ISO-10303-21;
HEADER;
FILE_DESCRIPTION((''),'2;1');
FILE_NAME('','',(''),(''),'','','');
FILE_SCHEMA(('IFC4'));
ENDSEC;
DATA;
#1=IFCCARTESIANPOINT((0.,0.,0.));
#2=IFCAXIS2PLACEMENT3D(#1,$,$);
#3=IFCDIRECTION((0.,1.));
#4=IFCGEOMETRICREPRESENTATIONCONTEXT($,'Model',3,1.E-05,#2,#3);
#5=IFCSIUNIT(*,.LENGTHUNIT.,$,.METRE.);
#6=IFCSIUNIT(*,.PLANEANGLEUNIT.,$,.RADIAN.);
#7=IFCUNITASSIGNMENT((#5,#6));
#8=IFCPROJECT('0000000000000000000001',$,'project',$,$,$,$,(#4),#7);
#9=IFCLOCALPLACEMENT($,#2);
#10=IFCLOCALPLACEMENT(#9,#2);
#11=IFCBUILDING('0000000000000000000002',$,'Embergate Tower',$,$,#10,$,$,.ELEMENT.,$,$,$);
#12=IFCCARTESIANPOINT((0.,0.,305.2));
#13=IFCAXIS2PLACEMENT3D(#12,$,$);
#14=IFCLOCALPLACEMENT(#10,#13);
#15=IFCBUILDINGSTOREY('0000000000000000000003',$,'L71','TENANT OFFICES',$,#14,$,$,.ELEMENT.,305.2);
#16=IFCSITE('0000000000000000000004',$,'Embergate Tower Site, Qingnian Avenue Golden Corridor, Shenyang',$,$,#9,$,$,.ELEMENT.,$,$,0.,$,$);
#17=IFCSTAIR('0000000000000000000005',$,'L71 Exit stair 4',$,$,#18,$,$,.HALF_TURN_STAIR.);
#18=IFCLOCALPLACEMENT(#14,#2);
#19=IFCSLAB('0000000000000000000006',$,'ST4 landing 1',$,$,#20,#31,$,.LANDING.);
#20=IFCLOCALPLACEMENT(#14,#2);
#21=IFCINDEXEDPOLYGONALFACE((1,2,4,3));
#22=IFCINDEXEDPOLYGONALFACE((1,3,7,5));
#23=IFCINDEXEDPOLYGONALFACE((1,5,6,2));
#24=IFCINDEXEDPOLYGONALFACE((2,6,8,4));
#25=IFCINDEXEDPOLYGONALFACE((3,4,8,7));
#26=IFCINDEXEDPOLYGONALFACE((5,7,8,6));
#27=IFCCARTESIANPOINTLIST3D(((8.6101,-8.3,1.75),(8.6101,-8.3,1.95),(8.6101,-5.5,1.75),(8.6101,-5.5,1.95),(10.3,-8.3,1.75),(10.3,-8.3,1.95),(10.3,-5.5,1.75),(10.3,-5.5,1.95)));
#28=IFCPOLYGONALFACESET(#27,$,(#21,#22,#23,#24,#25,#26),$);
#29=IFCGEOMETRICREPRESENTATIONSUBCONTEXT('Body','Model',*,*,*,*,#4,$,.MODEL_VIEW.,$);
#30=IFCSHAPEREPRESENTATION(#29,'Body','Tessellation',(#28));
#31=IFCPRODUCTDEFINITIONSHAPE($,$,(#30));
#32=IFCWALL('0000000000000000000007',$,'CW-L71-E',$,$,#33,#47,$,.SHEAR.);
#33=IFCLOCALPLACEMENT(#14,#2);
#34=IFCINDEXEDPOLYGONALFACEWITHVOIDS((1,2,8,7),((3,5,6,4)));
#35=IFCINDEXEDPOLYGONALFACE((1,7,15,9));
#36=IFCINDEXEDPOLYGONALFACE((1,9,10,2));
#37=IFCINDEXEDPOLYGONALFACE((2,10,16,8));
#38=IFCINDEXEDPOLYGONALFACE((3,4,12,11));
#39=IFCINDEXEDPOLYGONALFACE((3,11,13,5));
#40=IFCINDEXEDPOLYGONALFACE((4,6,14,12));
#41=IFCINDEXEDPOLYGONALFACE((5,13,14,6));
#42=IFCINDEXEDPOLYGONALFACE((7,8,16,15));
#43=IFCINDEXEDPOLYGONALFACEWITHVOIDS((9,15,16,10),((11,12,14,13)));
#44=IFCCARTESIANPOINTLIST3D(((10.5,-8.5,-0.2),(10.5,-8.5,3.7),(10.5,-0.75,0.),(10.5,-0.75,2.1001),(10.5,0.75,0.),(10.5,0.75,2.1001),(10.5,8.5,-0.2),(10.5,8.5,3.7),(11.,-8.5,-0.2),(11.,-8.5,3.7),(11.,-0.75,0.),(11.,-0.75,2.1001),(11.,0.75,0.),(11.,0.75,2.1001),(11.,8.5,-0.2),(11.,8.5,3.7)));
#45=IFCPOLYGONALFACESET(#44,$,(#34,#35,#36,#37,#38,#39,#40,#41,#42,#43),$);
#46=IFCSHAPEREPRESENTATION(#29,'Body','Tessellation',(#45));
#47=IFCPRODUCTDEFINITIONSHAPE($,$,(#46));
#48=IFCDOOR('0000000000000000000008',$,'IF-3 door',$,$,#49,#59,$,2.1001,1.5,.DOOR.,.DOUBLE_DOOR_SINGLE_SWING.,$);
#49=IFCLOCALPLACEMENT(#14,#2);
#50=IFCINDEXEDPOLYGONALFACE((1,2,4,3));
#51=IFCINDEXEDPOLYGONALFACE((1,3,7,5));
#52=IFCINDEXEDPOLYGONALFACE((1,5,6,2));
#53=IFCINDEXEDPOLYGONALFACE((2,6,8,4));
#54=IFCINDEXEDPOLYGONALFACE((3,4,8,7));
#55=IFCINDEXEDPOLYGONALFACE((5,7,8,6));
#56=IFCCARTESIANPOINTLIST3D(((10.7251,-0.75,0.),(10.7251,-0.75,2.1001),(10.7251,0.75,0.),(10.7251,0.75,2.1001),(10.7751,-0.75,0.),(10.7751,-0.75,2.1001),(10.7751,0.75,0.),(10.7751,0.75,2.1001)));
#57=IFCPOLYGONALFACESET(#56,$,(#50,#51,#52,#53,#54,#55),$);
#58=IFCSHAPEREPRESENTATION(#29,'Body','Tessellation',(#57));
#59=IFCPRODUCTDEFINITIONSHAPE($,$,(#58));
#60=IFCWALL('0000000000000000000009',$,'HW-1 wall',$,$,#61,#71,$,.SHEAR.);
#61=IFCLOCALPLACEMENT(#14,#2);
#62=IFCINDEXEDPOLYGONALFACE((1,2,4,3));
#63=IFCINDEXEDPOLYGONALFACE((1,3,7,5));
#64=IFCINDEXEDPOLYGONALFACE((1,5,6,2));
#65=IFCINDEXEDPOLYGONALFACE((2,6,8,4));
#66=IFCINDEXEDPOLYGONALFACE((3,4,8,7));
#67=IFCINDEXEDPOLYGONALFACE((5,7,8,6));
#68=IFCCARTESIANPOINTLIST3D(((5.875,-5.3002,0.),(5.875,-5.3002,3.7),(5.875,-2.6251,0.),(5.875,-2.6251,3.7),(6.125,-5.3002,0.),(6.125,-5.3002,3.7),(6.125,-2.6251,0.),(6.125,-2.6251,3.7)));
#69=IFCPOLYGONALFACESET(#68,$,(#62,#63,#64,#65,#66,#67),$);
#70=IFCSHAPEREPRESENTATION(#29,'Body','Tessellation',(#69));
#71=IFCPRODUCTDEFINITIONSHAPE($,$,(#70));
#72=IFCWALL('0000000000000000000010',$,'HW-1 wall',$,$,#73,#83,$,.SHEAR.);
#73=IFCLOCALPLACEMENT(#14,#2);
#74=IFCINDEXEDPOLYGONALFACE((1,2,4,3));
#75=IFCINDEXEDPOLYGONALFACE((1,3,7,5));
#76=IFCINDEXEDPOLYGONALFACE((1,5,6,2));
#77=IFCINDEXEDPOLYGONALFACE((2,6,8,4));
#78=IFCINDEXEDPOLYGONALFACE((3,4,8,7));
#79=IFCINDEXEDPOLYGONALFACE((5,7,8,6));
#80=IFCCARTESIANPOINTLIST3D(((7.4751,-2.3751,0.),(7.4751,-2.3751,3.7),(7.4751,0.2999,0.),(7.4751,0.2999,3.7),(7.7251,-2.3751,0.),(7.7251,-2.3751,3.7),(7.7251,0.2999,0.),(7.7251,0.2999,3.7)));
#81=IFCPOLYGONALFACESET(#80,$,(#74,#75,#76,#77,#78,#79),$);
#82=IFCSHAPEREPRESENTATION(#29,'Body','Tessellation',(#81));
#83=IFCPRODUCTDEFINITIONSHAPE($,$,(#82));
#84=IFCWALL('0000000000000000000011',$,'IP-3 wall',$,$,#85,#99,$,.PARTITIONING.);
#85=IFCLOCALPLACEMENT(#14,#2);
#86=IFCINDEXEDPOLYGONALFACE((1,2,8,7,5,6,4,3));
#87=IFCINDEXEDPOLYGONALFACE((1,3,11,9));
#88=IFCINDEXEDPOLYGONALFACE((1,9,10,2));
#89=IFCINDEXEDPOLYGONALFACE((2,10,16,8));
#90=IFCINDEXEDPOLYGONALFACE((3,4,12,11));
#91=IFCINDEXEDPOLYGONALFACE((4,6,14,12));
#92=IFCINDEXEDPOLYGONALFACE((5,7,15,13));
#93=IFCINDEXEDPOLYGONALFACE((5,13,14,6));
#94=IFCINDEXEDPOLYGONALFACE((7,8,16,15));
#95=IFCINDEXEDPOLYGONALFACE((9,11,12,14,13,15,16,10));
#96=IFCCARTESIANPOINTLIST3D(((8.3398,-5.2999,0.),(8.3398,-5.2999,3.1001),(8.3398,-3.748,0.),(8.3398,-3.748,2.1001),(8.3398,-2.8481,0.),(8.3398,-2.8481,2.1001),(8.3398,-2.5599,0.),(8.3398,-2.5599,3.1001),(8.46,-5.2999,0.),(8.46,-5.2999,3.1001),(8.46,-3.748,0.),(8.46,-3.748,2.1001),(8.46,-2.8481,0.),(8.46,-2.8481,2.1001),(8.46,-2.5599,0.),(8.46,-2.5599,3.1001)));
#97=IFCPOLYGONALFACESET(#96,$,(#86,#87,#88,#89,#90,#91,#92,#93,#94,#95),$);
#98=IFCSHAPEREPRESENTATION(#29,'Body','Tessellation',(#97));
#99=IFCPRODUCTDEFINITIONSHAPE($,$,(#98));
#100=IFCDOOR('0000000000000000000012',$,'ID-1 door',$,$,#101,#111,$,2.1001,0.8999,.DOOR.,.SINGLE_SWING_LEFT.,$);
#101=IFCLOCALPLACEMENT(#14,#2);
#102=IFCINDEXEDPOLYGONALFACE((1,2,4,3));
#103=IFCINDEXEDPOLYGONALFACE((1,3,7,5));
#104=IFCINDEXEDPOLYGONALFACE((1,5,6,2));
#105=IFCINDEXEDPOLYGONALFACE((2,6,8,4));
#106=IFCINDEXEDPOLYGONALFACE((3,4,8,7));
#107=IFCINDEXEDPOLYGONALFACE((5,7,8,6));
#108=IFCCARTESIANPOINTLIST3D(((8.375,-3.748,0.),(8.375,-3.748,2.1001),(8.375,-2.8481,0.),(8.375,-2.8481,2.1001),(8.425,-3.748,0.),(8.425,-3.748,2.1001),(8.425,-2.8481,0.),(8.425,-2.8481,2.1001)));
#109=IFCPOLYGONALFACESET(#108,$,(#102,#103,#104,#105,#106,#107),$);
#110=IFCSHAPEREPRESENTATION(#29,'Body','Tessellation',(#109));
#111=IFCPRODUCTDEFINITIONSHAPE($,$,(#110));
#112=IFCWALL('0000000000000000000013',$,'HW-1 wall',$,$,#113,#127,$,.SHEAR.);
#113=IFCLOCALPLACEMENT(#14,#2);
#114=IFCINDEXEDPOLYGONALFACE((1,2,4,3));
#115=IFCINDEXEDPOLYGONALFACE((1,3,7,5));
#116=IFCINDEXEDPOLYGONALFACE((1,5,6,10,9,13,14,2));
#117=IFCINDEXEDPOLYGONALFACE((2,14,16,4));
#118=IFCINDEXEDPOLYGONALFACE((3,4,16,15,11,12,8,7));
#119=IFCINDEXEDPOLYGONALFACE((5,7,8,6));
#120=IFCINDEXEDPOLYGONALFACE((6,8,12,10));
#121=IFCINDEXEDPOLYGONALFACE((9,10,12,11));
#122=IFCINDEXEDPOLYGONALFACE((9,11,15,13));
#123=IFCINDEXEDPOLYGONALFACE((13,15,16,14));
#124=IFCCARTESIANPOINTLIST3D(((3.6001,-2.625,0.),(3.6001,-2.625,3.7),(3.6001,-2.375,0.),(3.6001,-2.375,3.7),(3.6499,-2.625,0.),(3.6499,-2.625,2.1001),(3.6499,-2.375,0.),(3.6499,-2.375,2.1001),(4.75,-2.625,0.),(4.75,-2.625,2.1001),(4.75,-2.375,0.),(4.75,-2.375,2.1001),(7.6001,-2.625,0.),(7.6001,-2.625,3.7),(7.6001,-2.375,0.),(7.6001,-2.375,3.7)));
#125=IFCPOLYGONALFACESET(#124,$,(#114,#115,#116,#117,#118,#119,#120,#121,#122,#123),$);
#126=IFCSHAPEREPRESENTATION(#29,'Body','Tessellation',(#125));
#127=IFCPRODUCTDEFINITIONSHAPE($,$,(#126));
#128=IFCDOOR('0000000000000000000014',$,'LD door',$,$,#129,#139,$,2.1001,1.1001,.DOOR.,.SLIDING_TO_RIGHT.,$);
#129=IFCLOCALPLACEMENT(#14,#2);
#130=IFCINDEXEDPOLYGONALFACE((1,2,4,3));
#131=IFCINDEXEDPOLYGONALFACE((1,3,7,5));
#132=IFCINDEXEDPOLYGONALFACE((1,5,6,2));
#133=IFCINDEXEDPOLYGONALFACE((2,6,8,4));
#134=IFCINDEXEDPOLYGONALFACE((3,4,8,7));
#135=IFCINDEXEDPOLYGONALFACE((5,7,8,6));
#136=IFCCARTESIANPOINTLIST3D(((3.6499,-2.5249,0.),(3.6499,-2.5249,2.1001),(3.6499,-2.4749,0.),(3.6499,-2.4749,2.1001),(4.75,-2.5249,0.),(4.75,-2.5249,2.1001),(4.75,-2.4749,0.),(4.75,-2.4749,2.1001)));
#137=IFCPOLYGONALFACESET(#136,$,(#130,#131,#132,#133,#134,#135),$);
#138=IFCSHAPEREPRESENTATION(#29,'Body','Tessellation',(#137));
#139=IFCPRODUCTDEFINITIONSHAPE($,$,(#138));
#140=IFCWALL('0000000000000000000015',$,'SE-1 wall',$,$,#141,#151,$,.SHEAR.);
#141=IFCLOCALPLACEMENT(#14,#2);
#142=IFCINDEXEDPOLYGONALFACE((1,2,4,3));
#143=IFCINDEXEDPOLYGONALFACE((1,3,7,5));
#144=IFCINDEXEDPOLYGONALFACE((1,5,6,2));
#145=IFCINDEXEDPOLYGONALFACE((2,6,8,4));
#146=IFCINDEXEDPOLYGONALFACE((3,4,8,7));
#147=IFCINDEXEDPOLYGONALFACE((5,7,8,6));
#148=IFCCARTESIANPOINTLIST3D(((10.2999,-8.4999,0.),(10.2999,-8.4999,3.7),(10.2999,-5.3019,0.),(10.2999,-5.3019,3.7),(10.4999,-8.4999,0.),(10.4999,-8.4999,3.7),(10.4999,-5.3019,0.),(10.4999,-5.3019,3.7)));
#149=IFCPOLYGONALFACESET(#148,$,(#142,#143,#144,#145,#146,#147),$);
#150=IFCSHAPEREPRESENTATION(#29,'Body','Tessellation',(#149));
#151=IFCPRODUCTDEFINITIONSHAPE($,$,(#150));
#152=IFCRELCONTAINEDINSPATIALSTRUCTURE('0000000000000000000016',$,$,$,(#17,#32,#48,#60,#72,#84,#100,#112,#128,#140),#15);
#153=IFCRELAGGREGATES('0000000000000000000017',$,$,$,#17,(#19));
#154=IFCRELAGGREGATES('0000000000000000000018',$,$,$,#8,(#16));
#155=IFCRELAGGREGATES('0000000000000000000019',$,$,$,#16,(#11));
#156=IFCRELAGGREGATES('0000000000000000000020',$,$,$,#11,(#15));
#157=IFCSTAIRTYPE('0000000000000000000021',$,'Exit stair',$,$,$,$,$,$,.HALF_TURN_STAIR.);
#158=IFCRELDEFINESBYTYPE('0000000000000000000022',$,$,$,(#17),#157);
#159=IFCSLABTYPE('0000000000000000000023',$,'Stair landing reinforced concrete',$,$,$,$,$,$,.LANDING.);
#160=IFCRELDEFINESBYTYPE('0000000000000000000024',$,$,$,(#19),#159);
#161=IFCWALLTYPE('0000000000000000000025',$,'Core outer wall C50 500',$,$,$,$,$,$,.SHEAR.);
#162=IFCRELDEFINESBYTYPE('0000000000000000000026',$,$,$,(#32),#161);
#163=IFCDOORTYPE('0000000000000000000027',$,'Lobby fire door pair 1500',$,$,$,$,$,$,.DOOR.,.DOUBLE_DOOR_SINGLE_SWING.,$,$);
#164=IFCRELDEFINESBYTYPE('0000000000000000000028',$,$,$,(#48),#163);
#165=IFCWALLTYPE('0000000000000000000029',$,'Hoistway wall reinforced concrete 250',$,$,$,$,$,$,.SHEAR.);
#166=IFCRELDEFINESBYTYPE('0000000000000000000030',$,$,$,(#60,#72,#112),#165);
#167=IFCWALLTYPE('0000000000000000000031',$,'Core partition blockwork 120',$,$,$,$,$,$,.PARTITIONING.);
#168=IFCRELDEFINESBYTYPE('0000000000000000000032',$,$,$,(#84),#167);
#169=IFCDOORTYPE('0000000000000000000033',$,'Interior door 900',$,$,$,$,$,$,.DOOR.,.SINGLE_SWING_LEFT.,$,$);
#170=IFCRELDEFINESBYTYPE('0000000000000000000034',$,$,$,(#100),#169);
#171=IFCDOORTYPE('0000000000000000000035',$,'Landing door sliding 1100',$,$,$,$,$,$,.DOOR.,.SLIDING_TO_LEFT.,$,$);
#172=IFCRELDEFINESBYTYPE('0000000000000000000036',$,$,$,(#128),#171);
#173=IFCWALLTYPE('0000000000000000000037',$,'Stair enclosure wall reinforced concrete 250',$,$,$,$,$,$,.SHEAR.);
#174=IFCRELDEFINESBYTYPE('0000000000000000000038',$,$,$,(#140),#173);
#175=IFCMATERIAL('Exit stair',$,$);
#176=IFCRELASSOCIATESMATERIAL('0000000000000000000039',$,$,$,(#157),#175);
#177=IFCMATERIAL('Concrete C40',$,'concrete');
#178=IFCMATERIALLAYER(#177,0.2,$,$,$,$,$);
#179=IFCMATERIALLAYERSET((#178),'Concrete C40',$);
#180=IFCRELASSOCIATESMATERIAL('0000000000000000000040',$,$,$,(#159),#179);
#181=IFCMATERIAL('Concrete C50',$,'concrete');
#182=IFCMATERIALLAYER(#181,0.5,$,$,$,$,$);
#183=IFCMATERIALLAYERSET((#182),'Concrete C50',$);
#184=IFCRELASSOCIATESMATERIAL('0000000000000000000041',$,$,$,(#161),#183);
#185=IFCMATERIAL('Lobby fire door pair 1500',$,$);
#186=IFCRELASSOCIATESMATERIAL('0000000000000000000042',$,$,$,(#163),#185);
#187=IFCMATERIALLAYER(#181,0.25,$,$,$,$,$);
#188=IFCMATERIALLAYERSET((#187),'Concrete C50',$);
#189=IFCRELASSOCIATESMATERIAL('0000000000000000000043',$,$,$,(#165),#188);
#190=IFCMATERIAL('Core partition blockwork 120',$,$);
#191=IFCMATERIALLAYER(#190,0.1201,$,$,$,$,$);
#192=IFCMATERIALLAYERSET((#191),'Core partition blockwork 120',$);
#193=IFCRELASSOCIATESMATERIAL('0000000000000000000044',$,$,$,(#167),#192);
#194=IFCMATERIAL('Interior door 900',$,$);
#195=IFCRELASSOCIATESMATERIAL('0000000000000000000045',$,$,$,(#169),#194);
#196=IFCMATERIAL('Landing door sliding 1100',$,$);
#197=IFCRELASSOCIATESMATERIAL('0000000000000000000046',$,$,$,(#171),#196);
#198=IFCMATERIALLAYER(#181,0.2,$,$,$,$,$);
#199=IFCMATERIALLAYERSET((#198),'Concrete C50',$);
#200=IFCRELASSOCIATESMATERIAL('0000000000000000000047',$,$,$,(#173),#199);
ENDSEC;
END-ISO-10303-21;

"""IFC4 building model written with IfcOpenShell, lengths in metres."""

from ifc_helpers import new_model, si_unit, direction, frame, frame_2d, origin, place, context, subcontext, project, spatial, polyline, rectangle, outline, extrude, source, transform, mapped, material, layer, layer_set, type_object, element, fill, aggregate, save


model = new_model("IFC4")

# Units and contexts
model_context = context("Model", 3, precision=1e-05, world=origin(), true_north=direction((0.0, 1.0)))
body_context = subcontext(model_context, "Body", "Model", "MODEL_VIEW")
ifc_project = project(units=[si_unit("LENGTHUNIT", "METRE"), si_unit("PLANEANGLEUNIT", "RADIAN")], contexts=[model_context])

# Site, building, storey
site_placement = place(None, origin())
site = spatial("IfcSite", under=ifc_project, at=site_placement, Name="Embergate Tower Site, Qingnian Avenue Golden Corridor, Shenyang", CompositionType="ELEMENT", RefElevation=0.0)
building_placement = place(site_placement, origin())
building = spatial("IfcBuilding", under=site, at=building_placement, Name="Embergate Tower", CompositionType="ELEMENT")
storey_placement = place(building_placement, frame((0.0, 0.0, 305.2)))
storey = spatial("IfcBuildingStorey", under=building, at=storey_placement, Name="L71", Description="TENANT OFFICES", CompositionType="ELEMENT", Elevation=305.2)

# Stair, slab
ifc_material_1 = material(Name="Exit stair")
stair_type = type_object("IfcStairType", Name="Exit stair", PredefinedType="HALF_TURN_STAIR", material=ifc_material_1)
stair_placement = place(storey_placement, origin())
stair = element("IfcStair", 1, at=stair_placement, inside=storey, type_object=stair_type, Name="L71 Exit stair 4", PredefinedType="HALF_TURN_STAIR")
ifc_material_2 = material(Name="Concrete C40", Category="concrete")
ifc_layer_1 = layer(ifc_material_2, 0.2)
ifc_layer_set_1 = layer_set([ifc_layer_1], Name="Concrete C40")
slab_type = type_object("IfcSlabType", Name="Stair landing reinforced concrete", PredefinedType="LANDING", material=ifc_layer_set_1)
shared_shape_1 = source(origin(), body_context, "Body", "SweptSolid", [
    extrude(outline(polyline([(0.0, 0.0), (1.6899, 0.0), (1.6899, 2.8), (0.0, 2.8), (0.0, 0.0)])), origin(), (0.0, 0.0, 1.0), 0.2),
])
slab_placement = place(storey_placement, frame((8.6101, -8.3, 1.75)))
slab = element("IfcSlab", 2, at=slab_placement, type_object=slab_type, Name="ST4 landing 1", PredefinedType="LANDING", context=body_context, shape_type="MappedRepresentation", body=[
    mapped(shared_shape_1, transform((0.0, 0.0, 0.0))),
])

# Wall, opening, door
ifc_material_3 = material(Name="Concrete C50", Category="concrete")
ifc_layer_2 = layer(ifc_material_3, 0.5)
ifc_layer_set_2 = layer_set([ifc_layer_2], Name="Concrete C50")
wall_type_1 = type_object("IfcWallType", Name="Core outer wall C50 500", PredefinedType="SHEAR", material=ifc_layer_set_2)
shared_shape_2 = source(origin(), body_context, "Body", "SweptSolid", [
    extrude(rectangle(XDim=17.0, YDim=0.5, at=frame_2d((8.5, 0.0))), origin(), (0.0, 0.0, 1.0), 3.8999),
])
wall_1_placement = place(storey_placement, frame((10.75, -8.5, -0.2), z_axis=(0.0, 0.0, 1.0), x_axis=(0.0, 1.0, 0.0)))
wall_1 = element("IfcWall", 3, at=wall_1_placement, inside=storey, type_object=wall_type_1, Name="CW-L71-E", PredefinedType="SHEAR", context=body_context, shape_type="MappedRepresentation", body=[
    mapped(shared_shape_2, transform((0.0, 0.0, 0.0))),
])
shared_shape_3 = source(origin(), body_context, "Body", "SweptSolid", [
    extrude(rectangle(XDim=1.5, YDim=2.1001, at=frame_2d((0.75, 1.05))), frame((0.0, 0.26, 0.0), z_axis=(0.0, -1.0, 0.0), x_axis=(1.0, 0.0, 0.0)), (0.0, 0.0, 1.0), 0.52),
])
opening_1_placement = place(wall_1_placement, frame((7.75, 0.0, 0.2)))
opening_1 = element("IfcOpeningElement", 4, at=opening_1_placement, cuts=wall_1, PredefinedType="OPENING", context=body_context, shape_type="MappedRepresentation", body=[
    mapped(shared_shape_3, transform((0.0, 0.0, 0.0))),
])
ifc_material_4 = material(Name="Lobby fire door pair 1500")
door_type_1 = type_object("IfcDoorType", Name="Lobby fire door pair 1500", OperationType="DOUBLE_DOOR_SINGLE_SWING", PredefinedType="DOOR", material=ifc_material_4)
shared_shape_4 = source(origin(), body_context, "Body", "SweptSolid", [
    extrude(rectangle(XDim=1.5, YDim=2.1001, at=frame_2d((0.75, 1.05))), frame((0.0, 0.0249, 0.0), z_axis=(0.0, -1.0, 0.0), x_axis=(1.0, 0.0, 0.0)), (0.0, 0.0, 1.0), 0.05),
])
door_1_placement = place(opening_1_placement, origin())
door_1 = element("IfcDoor", 5, at=door_1_placement, inside=storey, type_object=door_type_1, Name="IF-3 door", OperationType="DOUBLE_DOOR_SINGLE_SWING", OverallHeight=2.1001, OverallWidth=1.5, PredefinedType="DOOR", context=body_context, shape_type="MappedRepresentation", body=[
    mapped(shared_shape_4, transform((0.0, 0.0, 0.0))),
])
fill(opening_1, door_1)

# Walls
ifc_layer_3 = layer(ifc_material_3, 0.25)
ifc_layer_set_3 = layer_set([ifc_layer_3], Name="Concrete C50")
wall_type_2 = type_object("IfcWallType", Name="Hoistway wall reinforced concrete 250", PredefinedType="SHEAR", material=ifc_layer_set_3)
shared_shape_5 = source(origin(), body_context, "Body", "SweptSolid", [
    extrude(rectangle(XDim=2.675, YDim=0.25, at=frame_2d((1.3374, 0.0))), origin(), (0.0, 0.0, 1.0), 3.7),
])
for number, where, z_axis, x_axis, name in (
    (6, (6.0, -5.3, 0.0), (0.0, 0.0, 1.0), (0.0, 1.0, 0.0), "HW-1 wall"),
    (7, (7.6001, -2.375, 0.0), (0.0, 0.0, 1.0), (0.0, 1.0, 0.0), "HW-1 wall"),
):
    element("IfcWall", number, at=place(storey_placement, frame(where, z_axis=z_axis, x_axis=x_axis)), inside=storey, type_object=wall_type_2, Name=name, PredefinedType="SHEAR", context=body_context, shape_type="MappedRepresentation", body=[
        mapped(shared_shape_5, transform((0.0, 0.0, 0.0))),
    ])

# Walls, openings, doors
ifc_material_5 = material(Name="Core partition blockwork 120")
ifc_layer_4 = layer(ifc_material_5, 0.1201)
ifc_layer_set_4 = layer_set([ifc_layer_4], Name="Core partition blockwork 120")
wall_type_3 = type_object("IfcWallType", Name="Core partition blockwork 120", PredefinedType="PARTITIONING", material=ifc_layer_set_4)
shared_shape_6 = source(origin(), body_context, "Body", "SweptSolid", [
    extrude(rectangle(XDim=2.74, YDim=0.1201, at=frame_2d((1.3701, 0.0))), origin(), (0.0, 0.0, 1.0), 3.1001),
])
wall_2_placement = place(storey_placement, frame((8.3999, -5.3, 0.0), z_axis=(0.0, 0.0, 1.0), x_axis=(0.0, 1.0, 0.0)))
wall_2 = element("IfcWall", 8, at=wall_2_placement, inside=storey, type_object=wall_type_3, Name="IP-3 wall", PredefinedType="PARTITIONING", context=body_context, shape_type="MappedRepresentation", body=[
    mapped(shared_shape_6, transform((0.0, 0.0, 0.0))),
])
shared_shape_7 = source(origin(), body_context, "Body", "SweptSolid", [
    extrude(rectangle(XDim=0.8999, YDim=2.1001, at=frame_2d((0.45, 1.05))), frame((0.0, 0.0701, 0.0), z_axis=(0.0, -1.0, 0.0), x_axis=(1.0, 0.0, 0.0)), (0.0, 0.0, 1.0), 0.1401),
])
opening_2_placement = place(wall_2_placement, frame((1.552, 0.0, 0.0)))
opening_2 = element("IfcOpeningElement", 9, at=opening_2_placement, cuts=wall_2, PredefinedType="OPENING", context=body_context, shape_type="MappedRepresentation", body=[
    mapped(shared_shape_7, transform((0.0, 0.0, 0.0))),
])
ifc_material_6 = material(Name="Interior door 900")
door_type_2 = type_object("IfcDoorType", Name="Interior door 900", OperationType="SINGLE_SWING_LEFT", PredefinedType="DOOR", material=ifc_material_6)
shared_shape_8 = source(origin(), body_context, "Body", "SweptSolid", [
    extrude(rectangle(XDim=0.8999, YDim=2.1001, at=frame_2d((0.45, 1.05))), frame((0.0, 0.0249, 0.0), z_axis=(0.0, -1.0, 0.0), x_axis=(1.0, 0.0, 0.0)), (0.0, 0.0, 1.0), 0.05),
])
door_2_placement = place(opening_2_placement, origin())
door_2 = element("IfcDoor", 10, at=door_2_placement, inside=storey, type_object=door_type_2, Name="ID-1 door", OperationType="SINGLE_SWING_LEFT", OverallHeight=2.1001, OverallWidth=0.8999, PredefinedType="DOOR", context=body_context, shape_type="MappedRepresentation", body=[
    mapped(shared_shape_8, transform((0.0, 0.0, 0.0))),
])
fill(opening_2, door_2)
shared_shape_9 = source(origin(), body_context, "Body", "SweptSolid", [
    extrude(rectangle(XDim=4.0, YDim=0.25, at=frame_2d((2.0, 0.0))), origin(), (0.0, 0.0, 1.0), 3.7),
])
wall_3_placement = place(storey_placement, frame((7.6001, -2.5, 0.0), z_axis=(0.0, 0.0, 1.0), x_axis=(-1.0, 0.0, 0.0)))
wall_3 = element("IfcWall", 11, at=wall_3_placement, inside=storey, type_object=wall_type_2, Name="HW-1 wall", PredefinedType="SHEAR", context=body_context, shape_type="MappedRepresentation", body=[
    mapped(shared_shape_9, transform((0.0, 0.0, 0.0))),
])
shared_shape_10 = source(origin(), body_context, "Body", "SweptSolid", [
    extrude(rectangle(XDim=1.1001, YDim=2.1001, at=frame_2d((0.55, 1.05))), frame((0.0, 0.135, 0.0), z_axis=(0.0, -1.0, 0.0), x_axis=(1.0, 0.0, 0.0)), (0.0, 0.0, 1.0), 0.27),
])
opening_3_placement = place(wall_3_placement, frame((2.8501, 0.0, 0.0)))
opening_3 = element("IfcOpeningElement", 12, at=opening_3_placement, cuts=wall_3, PredefinedType="OPENING", context=body_context, shape_type="MappedRepresentation", body=[
    mapped(shared_shape_10, transform((0.0, 0.0, 0.0))),
])
ifc_material_7 = material(Name="Landing door sliding 1100")
door_type_3 = type_object("IfcDoorType", Name="Landing door sliding 1100", OperationType="SLIDING_TO_LEFT", PredefinedType="DOOR", material=ifc_material_7)
shared_shape_11 = source(origin(), body_context, "Body", "SweptSolid", [
    extrude(rectangle(XDim=1.1001, YDim=2.1001, at=frame_2d((0.55, 1.05))), frame((0.0, 0.0249, 0.0), z_axis=(0.0, -1.0, 0.0), x_axis=(1.0, 0.0, 0.0)), (0.0, 0.0, 1.0), 0.05),
])
door_3_placement = place(opening_3_placement, origin())
door_3 = element("IfcDoor", 13, at=door_3_placement, inside=storey, type_object=door_type_3, Name="LD door", OperationType="SLIDING_TO_RIGHT", OverallHeight=2.1001, OverallWidth=1.1001, PredefinedType="DOOR", context=body_context, shape_type="MappedRepresentation", body=[
    mapped(shared_shape_11, transform((0.0, 0.0, 0.0))),
])
fill(opening_3, door_3)

# Wall
ifc_layer_5 = layer(ifc_material_3, 0.2)
ifc_layer_set_5 = layer_set([ifc_layer_5], Name="Concrete C50")
wall_type_4 = type_object("IfcWallType", Name="Stair enclosure wall reinforced concrete 250", PredefinedType="SHEAR", material=ifc_layer_set_5)
shared_shape_12 = source(origin(), body_context, "Body", "SweptSolid", [
    extrude(rectangle(XDim=3.198, YDim=0.2, at=frame_2d((1.5991, 0.0))), origin(), (0.0, 0.0, 1.0), 3.7),
])
wall_4_placement = place(storey_placement, frame((10.3999, -8.5, 0.0), z_axis=(0.0, 0.0, 1.0), x_axis=(0.0, 1.0, 0.0)))
element("IfcWall", 14, at=wall_4_placement, inside=storey, type_object=wall_type_4, Name="SE-1 wall", PredefinedType="SHEAR", context=body_context, shape_type="MappedRepresentation", body=[
    mapped(shared_shape_12, transform((0.0, 0.0, 0.0))),
])

aggregate(stair, [slab])

save(model, "model.ifc")
